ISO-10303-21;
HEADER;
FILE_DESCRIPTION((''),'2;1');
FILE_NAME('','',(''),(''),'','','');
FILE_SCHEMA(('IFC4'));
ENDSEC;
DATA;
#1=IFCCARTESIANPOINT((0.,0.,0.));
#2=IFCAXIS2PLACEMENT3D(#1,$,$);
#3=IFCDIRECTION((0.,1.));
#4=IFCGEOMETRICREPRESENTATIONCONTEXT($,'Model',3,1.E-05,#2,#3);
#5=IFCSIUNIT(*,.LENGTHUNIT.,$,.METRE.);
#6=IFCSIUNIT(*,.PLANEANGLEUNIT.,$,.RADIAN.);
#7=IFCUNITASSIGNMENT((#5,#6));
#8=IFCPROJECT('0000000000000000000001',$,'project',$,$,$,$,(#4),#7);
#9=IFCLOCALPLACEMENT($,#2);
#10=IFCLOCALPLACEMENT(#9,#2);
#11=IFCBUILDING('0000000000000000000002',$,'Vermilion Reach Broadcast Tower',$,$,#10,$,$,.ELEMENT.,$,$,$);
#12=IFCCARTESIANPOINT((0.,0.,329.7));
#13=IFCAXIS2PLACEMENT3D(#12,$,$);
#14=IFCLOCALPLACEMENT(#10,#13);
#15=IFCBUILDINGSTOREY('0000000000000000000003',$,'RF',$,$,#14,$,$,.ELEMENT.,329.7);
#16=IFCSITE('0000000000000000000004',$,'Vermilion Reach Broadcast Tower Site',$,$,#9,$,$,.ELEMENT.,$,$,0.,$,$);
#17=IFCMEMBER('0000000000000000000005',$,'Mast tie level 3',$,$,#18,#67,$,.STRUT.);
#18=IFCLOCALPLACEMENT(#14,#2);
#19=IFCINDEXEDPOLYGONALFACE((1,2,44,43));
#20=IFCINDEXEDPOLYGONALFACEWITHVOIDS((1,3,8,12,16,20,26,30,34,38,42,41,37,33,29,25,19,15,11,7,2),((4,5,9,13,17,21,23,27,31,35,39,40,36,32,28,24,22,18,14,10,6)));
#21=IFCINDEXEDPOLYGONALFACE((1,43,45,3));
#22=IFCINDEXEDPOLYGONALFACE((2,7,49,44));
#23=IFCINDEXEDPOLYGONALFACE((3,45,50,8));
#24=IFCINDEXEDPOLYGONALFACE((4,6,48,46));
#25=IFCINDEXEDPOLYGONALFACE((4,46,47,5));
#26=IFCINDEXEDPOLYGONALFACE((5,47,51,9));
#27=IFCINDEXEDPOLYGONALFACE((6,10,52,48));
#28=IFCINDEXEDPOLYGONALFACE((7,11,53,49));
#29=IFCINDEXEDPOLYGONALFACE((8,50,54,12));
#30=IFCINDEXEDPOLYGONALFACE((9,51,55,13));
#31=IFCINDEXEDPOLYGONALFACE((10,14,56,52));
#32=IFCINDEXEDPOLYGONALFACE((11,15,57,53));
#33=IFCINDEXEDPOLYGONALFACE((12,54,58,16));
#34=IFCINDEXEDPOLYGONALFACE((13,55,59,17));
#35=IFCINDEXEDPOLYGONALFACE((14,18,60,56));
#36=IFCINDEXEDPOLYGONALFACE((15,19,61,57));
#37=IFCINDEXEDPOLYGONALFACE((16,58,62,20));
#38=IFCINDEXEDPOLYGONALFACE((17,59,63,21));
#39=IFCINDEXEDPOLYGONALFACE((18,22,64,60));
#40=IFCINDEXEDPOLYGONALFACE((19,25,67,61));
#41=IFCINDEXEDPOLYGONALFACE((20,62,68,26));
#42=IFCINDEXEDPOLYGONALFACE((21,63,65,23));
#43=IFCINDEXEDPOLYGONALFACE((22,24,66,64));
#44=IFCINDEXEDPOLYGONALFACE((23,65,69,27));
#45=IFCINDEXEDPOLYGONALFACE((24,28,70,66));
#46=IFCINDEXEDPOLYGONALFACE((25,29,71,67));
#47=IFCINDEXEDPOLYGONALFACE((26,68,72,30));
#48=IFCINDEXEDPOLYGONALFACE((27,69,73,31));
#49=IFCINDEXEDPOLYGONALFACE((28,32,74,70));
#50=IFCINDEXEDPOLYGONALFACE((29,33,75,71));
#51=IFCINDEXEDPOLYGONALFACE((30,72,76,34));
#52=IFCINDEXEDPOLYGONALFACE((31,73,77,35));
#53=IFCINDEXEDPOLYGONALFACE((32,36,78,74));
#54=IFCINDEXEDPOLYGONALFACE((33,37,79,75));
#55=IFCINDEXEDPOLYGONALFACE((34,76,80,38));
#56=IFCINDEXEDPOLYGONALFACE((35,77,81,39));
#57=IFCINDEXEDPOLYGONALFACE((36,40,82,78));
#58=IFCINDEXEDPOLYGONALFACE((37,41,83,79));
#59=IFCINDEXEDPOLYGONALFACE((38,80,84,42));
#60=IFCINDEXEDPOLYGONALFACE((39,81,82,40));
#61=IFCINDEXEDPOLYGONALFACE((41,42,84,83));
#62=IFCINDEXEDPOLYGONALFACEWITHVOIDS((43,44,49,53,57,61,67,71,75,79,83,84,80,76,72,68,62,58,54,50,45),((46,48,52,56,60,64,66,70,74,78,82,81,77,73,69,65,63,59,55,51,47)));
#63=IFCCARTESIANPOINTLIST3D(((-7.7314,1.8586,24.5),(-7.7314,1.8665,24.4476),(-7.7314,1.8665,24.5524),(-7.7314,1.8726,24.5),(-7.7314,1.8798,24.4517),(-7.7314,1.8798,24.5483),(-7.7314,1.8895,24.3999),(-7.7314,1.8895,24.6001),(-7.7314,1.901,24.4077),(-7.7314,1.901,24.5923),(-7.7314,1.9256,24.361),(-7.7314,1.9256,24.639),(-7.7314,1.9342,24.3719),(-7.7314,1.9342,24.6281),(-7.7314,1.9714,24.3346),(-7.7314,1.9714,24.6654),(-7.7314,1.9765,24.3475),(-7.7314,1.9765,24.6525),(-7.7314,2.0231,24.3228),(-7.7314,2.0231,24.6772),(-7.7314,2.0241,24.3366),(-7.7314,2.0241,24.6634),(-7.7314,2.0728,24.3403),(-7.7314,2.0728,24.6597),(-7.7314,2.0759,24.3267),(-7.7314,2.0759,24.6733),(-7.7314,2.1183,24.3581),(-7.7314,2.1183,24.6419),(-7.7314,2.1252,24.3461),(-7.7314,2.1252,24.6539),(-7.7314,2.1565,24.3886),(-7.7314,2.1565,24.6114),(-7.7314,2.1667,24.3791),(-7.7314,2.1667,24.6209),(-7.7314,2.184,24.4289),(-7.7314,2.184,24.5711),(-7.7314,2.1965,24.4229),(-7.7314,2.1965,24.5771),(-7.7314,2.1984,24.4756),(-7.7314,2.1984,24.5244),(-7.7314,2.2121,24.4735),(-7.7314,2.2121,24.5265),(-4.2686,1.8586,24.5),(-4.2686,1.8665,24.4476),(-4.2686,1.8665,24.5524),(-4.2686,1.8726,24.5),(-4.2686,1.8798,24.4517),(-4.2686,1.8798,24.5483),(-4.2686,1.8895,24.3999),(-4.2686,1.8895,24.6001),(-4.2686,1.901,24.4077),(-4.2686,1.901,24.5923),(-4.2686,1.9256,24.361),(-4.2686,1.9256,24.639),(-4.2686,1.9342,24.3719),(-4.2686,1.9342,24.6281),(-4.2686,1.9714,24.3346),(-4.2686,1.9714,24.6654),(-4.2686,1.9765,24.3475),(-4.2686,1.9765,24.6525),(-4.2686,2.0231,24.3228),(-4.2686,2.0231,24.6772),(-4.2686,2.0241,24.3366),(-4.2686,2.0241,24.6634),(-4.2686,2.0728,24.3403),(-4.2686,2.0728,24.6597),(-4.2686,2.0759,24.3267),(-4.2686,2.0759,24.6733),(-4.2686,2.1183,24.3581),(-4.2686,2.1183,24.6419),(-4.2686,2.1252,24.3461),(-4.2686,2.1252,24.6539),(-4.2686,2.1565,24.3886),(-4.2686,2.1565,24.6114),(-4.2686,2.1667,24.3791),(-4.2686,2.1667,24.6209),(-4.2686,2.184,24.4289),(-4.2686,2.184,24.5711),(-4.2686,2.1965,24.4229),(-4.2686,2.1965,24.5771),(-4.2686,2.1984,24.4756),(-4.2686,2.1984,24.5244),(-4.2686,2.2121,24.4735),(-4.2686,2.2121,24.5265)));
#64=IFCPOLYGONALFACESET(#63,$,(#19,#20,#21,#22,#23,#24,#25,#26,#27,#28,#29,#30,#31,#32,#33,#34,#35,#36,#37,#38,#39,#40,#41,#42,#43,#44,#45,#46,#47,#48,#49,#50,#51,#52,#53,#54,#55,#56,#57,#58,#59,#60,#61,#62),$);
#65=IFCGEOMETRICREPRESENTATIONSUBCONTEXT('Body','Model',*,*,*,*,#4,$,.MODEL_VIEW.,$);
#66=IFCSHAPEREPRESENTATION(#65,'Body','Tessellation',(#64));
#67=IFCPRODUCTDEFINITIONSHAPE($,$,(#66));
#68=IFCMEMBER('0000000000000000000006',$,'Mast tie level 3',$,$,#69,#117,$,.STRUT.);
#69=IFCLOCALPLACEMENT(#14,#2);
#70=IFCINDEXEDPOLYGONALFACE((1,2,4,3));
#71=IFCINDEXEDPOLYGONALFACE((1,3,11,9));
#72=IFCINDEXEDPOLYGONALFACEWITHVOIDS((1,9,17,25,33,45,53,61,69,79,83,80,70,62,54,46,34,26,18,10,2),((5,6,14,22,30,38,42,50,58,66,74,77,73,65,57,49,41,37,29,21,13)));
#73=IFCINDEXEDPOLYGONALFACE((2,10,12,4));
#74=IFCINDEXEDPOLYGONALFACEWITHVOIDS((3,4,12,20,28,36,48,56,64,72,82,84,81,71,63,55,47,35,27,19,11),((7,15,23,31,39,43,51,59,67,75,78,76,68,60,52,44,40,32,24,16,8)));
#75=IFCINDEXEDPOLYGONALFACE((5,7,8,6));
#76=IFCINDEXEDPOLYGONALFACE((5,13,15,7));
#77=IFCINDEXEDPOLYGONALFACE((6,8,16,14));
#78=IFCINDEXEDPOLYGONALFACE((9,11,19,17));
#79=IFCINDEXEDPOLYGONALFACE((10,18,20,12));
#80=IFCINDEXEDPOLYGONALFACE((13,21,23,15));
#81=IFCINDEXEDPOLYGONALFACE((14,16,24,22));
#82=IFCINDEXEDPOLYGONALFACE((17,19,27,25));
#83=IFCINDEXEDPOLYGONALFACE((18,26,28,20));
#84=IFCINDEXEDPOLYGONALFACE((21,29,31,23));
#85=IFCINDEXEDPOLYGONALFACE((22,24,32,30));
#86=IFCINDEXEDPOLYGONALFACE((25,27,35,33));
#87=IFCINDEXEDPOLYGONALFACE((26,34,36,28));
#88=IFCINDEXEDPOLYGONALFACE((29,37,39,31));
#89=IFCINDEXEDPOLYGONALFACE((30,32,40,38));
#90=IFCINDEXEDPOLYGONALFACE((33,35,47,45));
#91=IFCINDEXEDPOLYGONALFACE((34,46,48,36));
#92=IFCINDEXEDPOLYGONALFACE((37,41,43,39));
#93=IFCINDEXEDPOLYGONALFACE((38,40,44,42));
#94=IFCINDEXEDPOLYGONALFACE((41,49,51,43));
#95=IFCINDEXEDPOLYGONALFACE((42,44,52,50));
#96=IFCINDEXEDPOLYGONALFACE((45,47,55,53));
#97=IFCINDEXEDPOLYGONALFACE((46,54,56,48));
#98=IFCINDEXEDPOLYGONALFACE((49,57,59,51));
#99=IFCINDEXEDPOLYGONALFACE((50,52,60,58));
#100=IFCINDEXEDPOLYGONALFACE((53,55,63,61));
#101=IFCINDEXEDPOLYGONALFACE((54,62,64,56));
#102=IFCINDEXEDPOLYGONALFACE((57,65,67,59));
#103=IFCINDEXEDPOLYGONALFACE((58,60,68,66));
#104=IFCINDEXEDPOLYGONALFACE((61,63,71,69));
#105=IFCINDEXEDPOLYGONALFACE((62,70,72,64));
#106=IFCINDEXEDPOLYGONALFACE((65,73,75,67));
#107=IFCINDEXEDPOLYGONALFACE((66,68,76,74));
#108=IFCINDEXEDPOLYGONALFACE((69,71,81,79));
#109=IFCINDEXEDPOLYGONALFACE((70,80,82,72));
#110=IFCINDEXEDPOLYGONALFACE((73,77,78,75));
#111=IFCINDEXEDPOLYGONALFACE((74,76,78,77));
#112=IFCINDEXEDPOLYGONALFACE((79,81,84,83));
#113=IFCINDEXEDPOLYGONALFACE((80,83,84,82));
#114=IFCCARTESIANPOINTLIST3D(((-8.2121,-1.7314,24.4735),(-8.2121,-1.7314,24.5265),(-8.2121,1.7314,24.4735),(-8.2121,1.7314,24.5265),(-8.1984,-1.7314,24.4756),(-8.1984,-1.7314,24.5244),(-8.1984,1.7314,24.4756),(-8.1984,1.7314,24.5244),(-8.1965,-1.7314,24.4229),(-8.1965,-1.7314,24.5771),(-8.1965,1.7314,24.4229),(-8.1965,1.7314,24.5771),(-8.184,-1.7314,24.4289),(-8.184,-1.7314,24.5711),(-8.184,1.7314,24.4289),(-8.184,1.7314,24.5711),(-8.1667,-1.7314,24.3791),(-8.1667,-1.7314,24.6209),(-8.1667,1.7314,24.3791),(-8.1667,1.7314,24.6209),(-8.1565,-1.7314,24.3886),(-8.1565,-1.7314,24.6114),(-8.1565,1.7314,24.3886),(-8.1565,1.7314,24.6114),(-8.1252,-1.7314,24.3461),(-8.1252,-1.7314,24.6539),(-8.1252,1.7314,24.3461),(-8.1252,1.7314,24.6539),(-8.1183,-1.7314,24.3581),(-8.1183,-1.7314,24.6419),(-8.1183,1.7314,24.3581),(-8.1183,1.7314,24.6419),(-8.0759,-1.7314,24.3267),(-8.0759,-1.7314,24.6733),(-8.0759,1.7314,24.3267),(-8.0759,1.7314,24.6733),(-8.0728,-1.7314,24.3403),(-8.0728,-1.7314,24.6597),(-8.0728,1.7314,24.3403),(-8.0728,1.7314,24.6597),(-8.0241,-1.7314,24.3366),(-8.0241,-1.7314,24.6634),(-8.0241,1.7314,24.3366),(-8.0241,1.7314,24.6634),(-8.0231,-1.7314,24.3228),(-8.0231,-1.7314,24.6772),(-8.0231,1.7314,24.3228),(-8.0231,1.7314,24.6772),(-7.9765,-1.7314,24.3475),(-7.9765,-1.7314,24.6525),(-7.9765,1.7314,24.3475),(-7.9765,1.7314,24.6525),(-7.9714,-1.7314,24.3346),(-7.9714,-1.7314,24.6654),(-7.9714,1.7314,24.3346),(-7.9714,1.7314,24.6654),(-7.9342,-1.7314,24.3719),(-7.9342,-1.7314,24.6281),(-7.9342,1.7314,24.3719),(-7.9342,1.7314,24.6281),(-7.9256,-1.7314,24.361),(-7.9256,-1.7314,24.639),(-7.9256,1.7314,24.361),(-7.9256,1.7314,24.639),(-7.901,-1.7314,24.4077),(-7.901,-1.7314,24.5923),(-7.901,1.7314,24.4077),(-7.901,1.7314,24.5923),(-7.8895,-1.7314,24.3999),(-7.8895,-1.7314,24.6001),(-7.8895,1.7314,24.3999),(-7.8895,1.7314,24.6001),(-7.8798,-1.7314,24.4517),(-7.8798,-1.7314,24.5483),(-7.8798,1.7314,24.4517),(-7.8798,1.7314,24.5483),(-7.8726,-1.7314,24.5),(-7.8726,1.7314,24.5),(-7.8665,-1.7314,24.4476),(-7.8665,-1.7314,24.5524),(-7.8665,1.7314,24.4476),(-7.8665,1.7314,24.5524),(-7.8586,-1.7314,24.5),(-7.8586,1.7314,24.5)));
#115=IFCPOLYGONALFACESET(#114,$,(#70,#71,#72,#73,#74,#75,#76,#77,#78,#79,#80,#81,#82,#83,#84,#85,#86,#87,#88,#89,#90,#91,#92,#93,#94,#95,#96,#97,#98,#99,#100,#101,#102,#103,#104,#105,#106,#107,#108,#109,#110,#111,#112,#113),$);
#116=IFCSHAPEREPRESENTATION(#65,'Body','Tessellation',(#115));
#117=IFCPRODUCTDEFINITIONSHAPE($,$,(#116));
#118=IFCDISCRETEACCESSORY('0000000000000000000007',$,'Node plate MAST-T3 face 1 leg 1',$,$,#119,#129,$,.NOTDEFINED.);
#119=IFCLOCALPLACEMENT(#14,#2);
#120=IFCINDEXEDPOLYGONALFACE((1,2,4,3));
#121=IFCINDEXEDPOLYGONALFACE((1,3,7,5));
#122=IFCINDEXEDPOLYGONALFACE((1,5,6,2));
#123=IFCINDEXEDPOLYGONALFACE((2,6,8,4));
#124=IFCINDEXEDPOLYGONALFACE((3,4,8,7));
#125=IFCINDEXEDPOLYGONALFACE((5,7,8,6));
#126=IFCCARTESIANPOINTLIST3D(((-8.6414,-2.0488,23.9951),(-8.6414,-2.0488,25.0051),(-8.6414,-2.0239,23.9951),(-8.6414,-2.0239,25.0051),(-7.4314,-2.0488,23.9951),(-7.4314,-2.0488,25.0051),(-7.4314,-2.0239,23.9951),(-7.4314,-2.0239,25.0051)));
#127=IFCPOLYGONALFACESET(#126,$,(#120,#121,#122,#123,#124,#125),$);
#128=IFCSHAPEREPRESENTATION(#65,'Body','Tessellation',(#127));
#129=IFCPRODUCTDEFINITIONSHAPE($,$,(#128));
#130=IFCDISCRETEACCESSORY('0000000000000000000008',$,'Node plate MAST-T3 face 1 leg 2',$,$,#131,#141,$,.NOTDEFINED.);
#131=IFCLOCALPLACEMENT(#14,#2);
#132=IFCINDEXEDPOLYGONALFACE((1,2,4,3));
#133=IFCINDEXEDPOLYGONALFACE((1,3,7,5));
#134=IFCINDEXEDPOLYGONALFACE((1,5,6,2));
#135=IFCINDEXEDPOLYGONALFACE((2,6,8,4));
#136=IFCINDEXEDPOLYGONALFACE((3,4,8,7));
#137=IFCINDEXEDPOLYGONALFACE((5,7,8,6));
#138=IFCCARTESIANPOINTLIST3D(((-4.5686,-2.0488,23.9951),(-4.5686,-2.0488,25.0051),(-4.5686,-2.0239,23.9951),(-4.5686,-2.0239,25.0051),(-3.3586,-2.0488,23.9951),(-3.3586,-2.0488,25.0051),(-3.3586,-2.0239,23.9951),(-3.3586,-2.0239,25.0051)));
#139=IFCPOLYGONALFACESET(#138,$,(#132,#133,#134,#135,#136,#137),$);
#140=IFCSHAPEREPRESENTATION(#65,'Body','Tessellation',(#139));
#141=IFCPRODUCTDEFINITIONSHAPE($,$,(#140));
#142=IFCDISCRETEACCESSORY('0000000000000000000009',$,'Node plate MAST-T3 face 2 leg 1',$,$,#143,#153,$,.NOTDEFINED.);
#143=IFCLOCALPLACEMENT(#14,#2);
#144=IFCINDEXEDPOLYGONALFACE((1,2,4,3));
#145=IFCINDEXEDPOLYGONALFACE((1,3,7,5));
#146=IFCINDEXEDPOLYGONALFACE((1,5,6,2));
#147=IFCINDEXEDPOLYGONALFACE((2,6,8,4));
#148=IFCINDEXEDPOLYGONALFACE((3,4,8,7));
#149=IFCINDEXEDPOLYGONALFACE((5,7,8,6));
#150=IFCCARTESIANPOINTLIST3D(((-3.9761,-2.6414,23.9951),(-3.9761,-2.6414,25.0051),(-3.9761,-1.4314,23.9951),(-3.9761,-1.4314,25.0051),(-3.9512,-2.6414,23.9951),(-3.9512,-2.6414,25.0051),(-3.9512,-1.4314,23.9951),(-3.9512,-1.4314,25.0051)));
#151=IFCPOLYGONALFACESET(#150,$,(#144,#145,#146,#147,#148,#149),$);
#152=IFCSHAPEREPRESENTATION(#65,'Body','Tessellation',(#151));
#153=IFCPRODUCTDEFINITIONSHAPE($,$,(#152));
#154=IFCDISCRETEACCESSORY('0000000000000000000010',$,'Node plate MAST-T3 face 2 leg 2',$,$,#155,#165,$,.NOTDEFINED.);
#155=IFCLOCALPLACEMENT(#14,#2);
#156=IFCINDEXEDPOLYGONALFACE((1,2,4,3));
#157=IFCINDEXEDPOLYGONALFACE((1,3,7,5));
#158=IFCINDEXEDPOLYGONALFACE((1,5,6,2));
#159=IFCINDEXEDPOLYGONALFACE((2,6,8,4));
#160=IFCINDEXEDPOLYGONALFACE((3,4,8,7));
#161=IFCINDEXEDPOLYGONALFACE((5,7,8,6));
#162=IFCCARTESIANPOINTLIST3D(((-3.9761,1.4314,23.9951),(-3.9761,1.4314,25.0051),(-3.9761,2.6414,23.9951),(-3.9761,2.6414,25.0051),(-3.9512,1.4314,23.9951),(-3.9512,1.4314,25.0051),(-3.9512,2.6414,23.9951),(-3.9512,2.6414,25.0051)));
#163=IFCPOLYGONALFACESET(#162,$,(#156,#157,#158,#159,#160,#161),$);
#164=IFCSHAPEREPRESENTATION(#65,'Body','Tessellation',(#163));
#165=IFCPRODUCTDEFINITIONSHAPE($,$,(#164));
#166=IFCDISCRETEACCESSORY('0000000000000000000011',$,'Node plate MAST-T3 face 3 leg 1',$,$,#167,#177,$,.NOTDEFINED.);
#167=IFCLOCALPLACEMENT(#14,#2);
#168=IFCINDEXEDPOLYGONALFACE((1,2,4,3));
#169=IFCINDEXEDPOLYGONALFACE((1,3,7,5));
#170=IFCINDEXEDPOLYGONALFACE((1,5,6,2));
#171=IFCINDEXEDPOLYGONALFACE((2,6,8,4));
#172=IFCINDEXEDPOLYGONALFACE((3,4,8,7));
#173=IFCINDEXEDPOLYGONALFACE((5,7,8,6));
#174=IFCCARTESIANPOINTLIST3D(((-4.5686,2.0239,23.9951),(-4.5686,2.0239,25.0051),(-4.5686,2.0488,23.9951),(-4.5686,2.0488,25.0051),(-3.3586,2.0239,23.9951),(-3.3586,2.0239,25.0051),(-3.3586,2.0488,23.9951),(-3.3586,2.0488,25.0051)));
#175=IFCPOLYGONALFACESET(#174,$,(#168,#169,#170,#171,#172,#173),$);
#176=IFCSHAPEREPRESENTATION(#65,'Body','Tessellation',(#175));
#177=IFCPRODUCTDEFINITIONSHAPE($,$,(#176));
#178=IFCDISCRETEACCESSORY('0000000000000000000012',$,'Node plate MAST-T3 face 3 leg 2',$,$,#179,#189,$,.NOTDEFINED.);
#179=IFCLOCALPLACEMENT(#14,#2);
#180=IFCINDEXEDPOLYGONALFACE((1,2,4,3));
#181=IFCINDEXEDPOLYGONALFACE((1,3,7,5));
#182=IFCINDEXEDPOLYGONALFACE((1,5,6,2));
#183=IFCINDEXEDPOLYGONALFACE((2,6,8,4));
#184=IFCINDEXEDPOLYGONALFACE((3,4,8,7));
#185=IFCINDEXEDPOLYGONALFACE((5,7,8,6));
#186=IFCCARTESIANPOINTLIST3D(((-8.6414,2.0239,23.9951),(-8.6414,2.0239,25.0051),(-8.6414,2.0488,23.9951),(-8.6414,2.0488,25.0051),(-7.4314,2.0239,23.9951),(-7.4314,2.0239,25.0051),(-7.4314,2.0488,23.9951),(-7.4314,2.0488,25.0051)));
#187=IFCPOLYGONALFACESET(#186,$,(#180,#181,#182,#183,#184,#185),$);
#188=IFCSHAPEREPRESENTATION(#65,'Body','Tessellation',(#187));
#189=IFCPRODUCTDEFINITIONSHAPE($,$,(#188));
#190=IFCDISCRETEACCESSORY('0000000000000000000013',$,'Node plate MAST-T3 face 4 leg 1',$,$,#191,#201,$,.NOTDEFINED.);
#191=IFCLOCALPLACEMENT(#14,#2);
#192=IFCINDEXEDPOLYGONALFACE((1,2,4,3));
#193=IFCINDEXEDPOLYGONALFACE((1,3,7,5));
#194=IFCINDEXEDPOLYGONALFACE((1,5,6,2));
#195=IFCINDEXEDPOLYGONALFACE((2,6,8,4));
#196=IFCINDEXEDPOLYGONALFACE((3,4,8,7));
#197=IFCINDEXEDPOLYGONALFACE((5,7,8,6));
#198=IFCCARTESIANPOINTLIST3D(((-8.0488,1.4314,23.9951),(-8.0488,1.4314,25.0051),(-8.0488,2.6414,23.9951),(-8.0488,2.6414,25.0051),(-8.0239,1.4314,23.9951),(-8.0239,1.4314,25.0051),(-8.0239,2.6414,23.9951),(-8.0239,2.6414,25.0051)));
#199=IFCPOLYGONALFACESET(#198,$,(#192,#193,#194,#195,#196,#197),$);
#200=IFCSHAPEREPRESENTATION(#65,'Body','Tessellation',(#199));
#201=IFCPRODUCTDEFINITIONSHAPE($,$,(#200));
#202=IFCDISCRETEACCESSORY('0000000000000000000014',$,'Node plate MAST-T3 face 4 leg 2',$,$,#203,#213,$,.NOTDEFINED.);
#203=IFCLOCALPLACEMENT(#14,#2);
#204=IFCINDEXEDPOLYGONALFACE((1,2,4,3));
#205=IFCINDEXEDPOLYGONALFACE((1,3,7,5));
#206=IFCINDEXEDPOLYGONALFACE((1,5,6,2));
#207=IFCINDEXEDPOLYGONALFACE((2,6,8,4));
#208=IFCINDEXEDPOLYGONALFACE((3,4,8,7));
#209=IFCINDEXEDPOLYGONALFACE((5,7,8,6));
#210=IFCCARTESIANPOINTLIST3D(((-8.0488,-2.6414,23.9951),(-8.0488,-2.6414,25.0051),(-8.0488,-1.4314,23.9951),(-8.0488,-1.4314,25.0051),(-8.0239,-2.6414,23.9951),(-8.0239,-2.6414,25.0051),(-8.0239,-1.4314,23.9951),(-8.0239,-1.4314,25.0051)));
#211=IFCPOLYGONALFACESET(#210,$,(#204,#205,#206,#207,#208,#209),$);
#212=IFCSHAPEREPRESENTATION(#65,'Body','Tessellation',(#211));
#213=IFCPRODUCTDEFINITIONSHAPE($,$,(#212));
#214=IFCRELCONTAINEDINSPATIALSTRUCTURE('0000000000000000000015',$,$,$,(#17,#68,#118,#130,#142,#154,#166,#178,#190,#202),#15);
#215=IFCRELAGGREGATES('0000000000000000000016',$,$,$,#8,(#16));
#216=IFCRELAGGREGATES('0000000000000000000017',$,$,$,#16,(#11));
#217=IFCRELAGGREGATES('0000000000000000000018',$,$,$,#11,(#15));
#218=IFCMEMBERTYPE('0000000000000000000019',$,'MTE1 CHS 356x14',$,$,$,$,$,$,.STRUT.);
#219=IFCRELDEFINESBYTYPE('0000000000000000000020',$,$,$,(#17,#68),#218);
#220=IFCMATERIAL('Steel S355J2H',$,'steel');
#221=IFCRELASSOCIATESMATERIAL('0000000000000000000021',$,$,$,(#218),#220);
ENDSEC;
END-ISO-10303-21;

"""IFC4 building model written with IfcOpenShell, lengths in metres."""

from ifc_helpers import new_model, si_unit, direction, frame, origin, origin_2d, place, context, subcontext, project, spatial, rectangle, hollow_circle, extrude, material, material_profile, profile_set, type_object, element, save


model = new_model("IFC4")

# Units and contexts
model_context = context("Model", 3, precision=1e-05, world=origin(), true_north=direction((0.0, 1.0)))
body_context = subcontext(model_context, "Body", "Model", "MODEL_VIEW")
ifc_project = project(units=[si_unit("LENGTHUNIT", "METRE"), si_unit("PLANEANGLEUNIT", "RADIAN")], contexts=[model_context])

# Site, building, storey
site_placement = place(None, origin())
site = spatial("IfcSite", under=ifc_project, at=site_placement, Name="Vermilion Reach Broadcast Tower Site", CompositionType="ELEMENT", RefElevation=0.0)
building_placement = place(site_placement, origin())
building = spatial("IfcBuilding", under=site, at=building_placement, Name="Vermilion Reach Broadcast Tower", CompositionType="ELEMENT")
storey_placement = place(building_placement, frame((0.0, 0.0, 329.7)))
storey = spatial("IfcBuildingStorey", under=building, at=storey_placement, Name="RF", CompositionType="ELEMENT", Elevation=329.7)

# Members
ifc_material_1 = material(Name="Steel S355J2H", Category="steel")
ifc_material_profile_1 = material_profile(ifc_material_1, hollow_circle(Radius=0.1777, WallThickness=0.0139, at=origin_2d()), Name="S355J2H CHS 356x14")
ifc_profile_set_1 = profile_set([ifc_material_profile_1], Name="Steel S355J2H")
member_type_1 = type_object("IfcMemberType", Name="MTE1 CHS 356x14", PredefinedType="STRUT", material=ifc_profile_set_1)
for number, where, z_axis, x_axis, name in (
    (1, (-4.2686, 2.0364, 24.5), (-1.0, 0.0, 0.0), (0.0, -1.0, 0.0), "Mast tie level 3"),
    (2, (-8.0364, 1.7314, 24.5), (0.0, -1.0, 0.0), (1.0, 0.0, 0.0), "Mast tie level 3"),
):
    element("IfcMember", number, at=place(storey_placement, frame(where, z_axis=z_axis, x_axis=x_axis)), inside=storey, type_object=member_type_1, Name=name, PredefinedType="STRUT", context=body_context, shape_type="SweptSolid", body=[
        extrude(hollow_circle(Radius=0.1777, WallThickness=0.0139, at=origin_2d()), origin(), (0.0, 0.0, 1.0), 3.4629),
    ])

# Discrete accessories
for number, where, z_axis, x_axis, name in (
    (3, (-8.0364, -2.0364, 23.9951), (0.0, 0.0, 1.0), (0.0, 1.0, 0.0), "Node plate MAST-T3 face 1 leg 1"),
    (4, (-3.9636, -2.0364, 23.9951), (0.0, 0.0, 1.0), (0.0, 1.0, 0.0), "Node plate MAST-T3 face 1 leg 2"),
    (5, (-3.9636, -2.0364, 23.9951), (0.0, 0.0, 1.0), (-1.0, 0.0, 0.0), "Node plate MAST-T3 face 2 leg 1"),
    (6, (-3.9636, 2.0364, 23.9951), (0.0, 0.0, 1.0), (-1.0, 0.0, 0.0), "Node plate MAST-T3 face 2 leg 2"),
    (7, (-3.9636, 2.0364, 23.9951), (0.0, 0.0, 1.0), (0.0, -1.0, 0.0), "Node plate MAST-T3 face 3 leg 1"),
    (8, (-8.0364, 2.0364, 23.9951), (0.0, 0.0, 1.0), (0.0, -1.0, 0.0), "Node plate MAST-T3 face 3 leg 2"),
    (9, (-8.0364, 2.0364, 23.9951), (0.0, 0.0, 1.0), (1.0, 0.0, 0.0), "Node plate MAST-T3 face 4 leg 1"),
    (10, (-8.0364, -2.0364, 23.9951), (0.0, 0.0, 1.0), (1.0, 0.0, 0.0), "Node plate MAST-T3 face 4 leg 2"),
):
    element("IfcDiscreteAccessory", number, at=place(storey_placement, frame(where, z_axis=z_axis, x_axis=x_axis)), inside=storey, Name=name, PredefinedType="NOTDEFINED", context=body_context, shape_type="SweptSolid", body=[
        extrude(rectangle(XDim=0.0249, YDim=1.21, at=origin_2d()), origin(), (0.0, 0.0, 1.0), 1.01),
    ])

save(model, "model.ifc")
